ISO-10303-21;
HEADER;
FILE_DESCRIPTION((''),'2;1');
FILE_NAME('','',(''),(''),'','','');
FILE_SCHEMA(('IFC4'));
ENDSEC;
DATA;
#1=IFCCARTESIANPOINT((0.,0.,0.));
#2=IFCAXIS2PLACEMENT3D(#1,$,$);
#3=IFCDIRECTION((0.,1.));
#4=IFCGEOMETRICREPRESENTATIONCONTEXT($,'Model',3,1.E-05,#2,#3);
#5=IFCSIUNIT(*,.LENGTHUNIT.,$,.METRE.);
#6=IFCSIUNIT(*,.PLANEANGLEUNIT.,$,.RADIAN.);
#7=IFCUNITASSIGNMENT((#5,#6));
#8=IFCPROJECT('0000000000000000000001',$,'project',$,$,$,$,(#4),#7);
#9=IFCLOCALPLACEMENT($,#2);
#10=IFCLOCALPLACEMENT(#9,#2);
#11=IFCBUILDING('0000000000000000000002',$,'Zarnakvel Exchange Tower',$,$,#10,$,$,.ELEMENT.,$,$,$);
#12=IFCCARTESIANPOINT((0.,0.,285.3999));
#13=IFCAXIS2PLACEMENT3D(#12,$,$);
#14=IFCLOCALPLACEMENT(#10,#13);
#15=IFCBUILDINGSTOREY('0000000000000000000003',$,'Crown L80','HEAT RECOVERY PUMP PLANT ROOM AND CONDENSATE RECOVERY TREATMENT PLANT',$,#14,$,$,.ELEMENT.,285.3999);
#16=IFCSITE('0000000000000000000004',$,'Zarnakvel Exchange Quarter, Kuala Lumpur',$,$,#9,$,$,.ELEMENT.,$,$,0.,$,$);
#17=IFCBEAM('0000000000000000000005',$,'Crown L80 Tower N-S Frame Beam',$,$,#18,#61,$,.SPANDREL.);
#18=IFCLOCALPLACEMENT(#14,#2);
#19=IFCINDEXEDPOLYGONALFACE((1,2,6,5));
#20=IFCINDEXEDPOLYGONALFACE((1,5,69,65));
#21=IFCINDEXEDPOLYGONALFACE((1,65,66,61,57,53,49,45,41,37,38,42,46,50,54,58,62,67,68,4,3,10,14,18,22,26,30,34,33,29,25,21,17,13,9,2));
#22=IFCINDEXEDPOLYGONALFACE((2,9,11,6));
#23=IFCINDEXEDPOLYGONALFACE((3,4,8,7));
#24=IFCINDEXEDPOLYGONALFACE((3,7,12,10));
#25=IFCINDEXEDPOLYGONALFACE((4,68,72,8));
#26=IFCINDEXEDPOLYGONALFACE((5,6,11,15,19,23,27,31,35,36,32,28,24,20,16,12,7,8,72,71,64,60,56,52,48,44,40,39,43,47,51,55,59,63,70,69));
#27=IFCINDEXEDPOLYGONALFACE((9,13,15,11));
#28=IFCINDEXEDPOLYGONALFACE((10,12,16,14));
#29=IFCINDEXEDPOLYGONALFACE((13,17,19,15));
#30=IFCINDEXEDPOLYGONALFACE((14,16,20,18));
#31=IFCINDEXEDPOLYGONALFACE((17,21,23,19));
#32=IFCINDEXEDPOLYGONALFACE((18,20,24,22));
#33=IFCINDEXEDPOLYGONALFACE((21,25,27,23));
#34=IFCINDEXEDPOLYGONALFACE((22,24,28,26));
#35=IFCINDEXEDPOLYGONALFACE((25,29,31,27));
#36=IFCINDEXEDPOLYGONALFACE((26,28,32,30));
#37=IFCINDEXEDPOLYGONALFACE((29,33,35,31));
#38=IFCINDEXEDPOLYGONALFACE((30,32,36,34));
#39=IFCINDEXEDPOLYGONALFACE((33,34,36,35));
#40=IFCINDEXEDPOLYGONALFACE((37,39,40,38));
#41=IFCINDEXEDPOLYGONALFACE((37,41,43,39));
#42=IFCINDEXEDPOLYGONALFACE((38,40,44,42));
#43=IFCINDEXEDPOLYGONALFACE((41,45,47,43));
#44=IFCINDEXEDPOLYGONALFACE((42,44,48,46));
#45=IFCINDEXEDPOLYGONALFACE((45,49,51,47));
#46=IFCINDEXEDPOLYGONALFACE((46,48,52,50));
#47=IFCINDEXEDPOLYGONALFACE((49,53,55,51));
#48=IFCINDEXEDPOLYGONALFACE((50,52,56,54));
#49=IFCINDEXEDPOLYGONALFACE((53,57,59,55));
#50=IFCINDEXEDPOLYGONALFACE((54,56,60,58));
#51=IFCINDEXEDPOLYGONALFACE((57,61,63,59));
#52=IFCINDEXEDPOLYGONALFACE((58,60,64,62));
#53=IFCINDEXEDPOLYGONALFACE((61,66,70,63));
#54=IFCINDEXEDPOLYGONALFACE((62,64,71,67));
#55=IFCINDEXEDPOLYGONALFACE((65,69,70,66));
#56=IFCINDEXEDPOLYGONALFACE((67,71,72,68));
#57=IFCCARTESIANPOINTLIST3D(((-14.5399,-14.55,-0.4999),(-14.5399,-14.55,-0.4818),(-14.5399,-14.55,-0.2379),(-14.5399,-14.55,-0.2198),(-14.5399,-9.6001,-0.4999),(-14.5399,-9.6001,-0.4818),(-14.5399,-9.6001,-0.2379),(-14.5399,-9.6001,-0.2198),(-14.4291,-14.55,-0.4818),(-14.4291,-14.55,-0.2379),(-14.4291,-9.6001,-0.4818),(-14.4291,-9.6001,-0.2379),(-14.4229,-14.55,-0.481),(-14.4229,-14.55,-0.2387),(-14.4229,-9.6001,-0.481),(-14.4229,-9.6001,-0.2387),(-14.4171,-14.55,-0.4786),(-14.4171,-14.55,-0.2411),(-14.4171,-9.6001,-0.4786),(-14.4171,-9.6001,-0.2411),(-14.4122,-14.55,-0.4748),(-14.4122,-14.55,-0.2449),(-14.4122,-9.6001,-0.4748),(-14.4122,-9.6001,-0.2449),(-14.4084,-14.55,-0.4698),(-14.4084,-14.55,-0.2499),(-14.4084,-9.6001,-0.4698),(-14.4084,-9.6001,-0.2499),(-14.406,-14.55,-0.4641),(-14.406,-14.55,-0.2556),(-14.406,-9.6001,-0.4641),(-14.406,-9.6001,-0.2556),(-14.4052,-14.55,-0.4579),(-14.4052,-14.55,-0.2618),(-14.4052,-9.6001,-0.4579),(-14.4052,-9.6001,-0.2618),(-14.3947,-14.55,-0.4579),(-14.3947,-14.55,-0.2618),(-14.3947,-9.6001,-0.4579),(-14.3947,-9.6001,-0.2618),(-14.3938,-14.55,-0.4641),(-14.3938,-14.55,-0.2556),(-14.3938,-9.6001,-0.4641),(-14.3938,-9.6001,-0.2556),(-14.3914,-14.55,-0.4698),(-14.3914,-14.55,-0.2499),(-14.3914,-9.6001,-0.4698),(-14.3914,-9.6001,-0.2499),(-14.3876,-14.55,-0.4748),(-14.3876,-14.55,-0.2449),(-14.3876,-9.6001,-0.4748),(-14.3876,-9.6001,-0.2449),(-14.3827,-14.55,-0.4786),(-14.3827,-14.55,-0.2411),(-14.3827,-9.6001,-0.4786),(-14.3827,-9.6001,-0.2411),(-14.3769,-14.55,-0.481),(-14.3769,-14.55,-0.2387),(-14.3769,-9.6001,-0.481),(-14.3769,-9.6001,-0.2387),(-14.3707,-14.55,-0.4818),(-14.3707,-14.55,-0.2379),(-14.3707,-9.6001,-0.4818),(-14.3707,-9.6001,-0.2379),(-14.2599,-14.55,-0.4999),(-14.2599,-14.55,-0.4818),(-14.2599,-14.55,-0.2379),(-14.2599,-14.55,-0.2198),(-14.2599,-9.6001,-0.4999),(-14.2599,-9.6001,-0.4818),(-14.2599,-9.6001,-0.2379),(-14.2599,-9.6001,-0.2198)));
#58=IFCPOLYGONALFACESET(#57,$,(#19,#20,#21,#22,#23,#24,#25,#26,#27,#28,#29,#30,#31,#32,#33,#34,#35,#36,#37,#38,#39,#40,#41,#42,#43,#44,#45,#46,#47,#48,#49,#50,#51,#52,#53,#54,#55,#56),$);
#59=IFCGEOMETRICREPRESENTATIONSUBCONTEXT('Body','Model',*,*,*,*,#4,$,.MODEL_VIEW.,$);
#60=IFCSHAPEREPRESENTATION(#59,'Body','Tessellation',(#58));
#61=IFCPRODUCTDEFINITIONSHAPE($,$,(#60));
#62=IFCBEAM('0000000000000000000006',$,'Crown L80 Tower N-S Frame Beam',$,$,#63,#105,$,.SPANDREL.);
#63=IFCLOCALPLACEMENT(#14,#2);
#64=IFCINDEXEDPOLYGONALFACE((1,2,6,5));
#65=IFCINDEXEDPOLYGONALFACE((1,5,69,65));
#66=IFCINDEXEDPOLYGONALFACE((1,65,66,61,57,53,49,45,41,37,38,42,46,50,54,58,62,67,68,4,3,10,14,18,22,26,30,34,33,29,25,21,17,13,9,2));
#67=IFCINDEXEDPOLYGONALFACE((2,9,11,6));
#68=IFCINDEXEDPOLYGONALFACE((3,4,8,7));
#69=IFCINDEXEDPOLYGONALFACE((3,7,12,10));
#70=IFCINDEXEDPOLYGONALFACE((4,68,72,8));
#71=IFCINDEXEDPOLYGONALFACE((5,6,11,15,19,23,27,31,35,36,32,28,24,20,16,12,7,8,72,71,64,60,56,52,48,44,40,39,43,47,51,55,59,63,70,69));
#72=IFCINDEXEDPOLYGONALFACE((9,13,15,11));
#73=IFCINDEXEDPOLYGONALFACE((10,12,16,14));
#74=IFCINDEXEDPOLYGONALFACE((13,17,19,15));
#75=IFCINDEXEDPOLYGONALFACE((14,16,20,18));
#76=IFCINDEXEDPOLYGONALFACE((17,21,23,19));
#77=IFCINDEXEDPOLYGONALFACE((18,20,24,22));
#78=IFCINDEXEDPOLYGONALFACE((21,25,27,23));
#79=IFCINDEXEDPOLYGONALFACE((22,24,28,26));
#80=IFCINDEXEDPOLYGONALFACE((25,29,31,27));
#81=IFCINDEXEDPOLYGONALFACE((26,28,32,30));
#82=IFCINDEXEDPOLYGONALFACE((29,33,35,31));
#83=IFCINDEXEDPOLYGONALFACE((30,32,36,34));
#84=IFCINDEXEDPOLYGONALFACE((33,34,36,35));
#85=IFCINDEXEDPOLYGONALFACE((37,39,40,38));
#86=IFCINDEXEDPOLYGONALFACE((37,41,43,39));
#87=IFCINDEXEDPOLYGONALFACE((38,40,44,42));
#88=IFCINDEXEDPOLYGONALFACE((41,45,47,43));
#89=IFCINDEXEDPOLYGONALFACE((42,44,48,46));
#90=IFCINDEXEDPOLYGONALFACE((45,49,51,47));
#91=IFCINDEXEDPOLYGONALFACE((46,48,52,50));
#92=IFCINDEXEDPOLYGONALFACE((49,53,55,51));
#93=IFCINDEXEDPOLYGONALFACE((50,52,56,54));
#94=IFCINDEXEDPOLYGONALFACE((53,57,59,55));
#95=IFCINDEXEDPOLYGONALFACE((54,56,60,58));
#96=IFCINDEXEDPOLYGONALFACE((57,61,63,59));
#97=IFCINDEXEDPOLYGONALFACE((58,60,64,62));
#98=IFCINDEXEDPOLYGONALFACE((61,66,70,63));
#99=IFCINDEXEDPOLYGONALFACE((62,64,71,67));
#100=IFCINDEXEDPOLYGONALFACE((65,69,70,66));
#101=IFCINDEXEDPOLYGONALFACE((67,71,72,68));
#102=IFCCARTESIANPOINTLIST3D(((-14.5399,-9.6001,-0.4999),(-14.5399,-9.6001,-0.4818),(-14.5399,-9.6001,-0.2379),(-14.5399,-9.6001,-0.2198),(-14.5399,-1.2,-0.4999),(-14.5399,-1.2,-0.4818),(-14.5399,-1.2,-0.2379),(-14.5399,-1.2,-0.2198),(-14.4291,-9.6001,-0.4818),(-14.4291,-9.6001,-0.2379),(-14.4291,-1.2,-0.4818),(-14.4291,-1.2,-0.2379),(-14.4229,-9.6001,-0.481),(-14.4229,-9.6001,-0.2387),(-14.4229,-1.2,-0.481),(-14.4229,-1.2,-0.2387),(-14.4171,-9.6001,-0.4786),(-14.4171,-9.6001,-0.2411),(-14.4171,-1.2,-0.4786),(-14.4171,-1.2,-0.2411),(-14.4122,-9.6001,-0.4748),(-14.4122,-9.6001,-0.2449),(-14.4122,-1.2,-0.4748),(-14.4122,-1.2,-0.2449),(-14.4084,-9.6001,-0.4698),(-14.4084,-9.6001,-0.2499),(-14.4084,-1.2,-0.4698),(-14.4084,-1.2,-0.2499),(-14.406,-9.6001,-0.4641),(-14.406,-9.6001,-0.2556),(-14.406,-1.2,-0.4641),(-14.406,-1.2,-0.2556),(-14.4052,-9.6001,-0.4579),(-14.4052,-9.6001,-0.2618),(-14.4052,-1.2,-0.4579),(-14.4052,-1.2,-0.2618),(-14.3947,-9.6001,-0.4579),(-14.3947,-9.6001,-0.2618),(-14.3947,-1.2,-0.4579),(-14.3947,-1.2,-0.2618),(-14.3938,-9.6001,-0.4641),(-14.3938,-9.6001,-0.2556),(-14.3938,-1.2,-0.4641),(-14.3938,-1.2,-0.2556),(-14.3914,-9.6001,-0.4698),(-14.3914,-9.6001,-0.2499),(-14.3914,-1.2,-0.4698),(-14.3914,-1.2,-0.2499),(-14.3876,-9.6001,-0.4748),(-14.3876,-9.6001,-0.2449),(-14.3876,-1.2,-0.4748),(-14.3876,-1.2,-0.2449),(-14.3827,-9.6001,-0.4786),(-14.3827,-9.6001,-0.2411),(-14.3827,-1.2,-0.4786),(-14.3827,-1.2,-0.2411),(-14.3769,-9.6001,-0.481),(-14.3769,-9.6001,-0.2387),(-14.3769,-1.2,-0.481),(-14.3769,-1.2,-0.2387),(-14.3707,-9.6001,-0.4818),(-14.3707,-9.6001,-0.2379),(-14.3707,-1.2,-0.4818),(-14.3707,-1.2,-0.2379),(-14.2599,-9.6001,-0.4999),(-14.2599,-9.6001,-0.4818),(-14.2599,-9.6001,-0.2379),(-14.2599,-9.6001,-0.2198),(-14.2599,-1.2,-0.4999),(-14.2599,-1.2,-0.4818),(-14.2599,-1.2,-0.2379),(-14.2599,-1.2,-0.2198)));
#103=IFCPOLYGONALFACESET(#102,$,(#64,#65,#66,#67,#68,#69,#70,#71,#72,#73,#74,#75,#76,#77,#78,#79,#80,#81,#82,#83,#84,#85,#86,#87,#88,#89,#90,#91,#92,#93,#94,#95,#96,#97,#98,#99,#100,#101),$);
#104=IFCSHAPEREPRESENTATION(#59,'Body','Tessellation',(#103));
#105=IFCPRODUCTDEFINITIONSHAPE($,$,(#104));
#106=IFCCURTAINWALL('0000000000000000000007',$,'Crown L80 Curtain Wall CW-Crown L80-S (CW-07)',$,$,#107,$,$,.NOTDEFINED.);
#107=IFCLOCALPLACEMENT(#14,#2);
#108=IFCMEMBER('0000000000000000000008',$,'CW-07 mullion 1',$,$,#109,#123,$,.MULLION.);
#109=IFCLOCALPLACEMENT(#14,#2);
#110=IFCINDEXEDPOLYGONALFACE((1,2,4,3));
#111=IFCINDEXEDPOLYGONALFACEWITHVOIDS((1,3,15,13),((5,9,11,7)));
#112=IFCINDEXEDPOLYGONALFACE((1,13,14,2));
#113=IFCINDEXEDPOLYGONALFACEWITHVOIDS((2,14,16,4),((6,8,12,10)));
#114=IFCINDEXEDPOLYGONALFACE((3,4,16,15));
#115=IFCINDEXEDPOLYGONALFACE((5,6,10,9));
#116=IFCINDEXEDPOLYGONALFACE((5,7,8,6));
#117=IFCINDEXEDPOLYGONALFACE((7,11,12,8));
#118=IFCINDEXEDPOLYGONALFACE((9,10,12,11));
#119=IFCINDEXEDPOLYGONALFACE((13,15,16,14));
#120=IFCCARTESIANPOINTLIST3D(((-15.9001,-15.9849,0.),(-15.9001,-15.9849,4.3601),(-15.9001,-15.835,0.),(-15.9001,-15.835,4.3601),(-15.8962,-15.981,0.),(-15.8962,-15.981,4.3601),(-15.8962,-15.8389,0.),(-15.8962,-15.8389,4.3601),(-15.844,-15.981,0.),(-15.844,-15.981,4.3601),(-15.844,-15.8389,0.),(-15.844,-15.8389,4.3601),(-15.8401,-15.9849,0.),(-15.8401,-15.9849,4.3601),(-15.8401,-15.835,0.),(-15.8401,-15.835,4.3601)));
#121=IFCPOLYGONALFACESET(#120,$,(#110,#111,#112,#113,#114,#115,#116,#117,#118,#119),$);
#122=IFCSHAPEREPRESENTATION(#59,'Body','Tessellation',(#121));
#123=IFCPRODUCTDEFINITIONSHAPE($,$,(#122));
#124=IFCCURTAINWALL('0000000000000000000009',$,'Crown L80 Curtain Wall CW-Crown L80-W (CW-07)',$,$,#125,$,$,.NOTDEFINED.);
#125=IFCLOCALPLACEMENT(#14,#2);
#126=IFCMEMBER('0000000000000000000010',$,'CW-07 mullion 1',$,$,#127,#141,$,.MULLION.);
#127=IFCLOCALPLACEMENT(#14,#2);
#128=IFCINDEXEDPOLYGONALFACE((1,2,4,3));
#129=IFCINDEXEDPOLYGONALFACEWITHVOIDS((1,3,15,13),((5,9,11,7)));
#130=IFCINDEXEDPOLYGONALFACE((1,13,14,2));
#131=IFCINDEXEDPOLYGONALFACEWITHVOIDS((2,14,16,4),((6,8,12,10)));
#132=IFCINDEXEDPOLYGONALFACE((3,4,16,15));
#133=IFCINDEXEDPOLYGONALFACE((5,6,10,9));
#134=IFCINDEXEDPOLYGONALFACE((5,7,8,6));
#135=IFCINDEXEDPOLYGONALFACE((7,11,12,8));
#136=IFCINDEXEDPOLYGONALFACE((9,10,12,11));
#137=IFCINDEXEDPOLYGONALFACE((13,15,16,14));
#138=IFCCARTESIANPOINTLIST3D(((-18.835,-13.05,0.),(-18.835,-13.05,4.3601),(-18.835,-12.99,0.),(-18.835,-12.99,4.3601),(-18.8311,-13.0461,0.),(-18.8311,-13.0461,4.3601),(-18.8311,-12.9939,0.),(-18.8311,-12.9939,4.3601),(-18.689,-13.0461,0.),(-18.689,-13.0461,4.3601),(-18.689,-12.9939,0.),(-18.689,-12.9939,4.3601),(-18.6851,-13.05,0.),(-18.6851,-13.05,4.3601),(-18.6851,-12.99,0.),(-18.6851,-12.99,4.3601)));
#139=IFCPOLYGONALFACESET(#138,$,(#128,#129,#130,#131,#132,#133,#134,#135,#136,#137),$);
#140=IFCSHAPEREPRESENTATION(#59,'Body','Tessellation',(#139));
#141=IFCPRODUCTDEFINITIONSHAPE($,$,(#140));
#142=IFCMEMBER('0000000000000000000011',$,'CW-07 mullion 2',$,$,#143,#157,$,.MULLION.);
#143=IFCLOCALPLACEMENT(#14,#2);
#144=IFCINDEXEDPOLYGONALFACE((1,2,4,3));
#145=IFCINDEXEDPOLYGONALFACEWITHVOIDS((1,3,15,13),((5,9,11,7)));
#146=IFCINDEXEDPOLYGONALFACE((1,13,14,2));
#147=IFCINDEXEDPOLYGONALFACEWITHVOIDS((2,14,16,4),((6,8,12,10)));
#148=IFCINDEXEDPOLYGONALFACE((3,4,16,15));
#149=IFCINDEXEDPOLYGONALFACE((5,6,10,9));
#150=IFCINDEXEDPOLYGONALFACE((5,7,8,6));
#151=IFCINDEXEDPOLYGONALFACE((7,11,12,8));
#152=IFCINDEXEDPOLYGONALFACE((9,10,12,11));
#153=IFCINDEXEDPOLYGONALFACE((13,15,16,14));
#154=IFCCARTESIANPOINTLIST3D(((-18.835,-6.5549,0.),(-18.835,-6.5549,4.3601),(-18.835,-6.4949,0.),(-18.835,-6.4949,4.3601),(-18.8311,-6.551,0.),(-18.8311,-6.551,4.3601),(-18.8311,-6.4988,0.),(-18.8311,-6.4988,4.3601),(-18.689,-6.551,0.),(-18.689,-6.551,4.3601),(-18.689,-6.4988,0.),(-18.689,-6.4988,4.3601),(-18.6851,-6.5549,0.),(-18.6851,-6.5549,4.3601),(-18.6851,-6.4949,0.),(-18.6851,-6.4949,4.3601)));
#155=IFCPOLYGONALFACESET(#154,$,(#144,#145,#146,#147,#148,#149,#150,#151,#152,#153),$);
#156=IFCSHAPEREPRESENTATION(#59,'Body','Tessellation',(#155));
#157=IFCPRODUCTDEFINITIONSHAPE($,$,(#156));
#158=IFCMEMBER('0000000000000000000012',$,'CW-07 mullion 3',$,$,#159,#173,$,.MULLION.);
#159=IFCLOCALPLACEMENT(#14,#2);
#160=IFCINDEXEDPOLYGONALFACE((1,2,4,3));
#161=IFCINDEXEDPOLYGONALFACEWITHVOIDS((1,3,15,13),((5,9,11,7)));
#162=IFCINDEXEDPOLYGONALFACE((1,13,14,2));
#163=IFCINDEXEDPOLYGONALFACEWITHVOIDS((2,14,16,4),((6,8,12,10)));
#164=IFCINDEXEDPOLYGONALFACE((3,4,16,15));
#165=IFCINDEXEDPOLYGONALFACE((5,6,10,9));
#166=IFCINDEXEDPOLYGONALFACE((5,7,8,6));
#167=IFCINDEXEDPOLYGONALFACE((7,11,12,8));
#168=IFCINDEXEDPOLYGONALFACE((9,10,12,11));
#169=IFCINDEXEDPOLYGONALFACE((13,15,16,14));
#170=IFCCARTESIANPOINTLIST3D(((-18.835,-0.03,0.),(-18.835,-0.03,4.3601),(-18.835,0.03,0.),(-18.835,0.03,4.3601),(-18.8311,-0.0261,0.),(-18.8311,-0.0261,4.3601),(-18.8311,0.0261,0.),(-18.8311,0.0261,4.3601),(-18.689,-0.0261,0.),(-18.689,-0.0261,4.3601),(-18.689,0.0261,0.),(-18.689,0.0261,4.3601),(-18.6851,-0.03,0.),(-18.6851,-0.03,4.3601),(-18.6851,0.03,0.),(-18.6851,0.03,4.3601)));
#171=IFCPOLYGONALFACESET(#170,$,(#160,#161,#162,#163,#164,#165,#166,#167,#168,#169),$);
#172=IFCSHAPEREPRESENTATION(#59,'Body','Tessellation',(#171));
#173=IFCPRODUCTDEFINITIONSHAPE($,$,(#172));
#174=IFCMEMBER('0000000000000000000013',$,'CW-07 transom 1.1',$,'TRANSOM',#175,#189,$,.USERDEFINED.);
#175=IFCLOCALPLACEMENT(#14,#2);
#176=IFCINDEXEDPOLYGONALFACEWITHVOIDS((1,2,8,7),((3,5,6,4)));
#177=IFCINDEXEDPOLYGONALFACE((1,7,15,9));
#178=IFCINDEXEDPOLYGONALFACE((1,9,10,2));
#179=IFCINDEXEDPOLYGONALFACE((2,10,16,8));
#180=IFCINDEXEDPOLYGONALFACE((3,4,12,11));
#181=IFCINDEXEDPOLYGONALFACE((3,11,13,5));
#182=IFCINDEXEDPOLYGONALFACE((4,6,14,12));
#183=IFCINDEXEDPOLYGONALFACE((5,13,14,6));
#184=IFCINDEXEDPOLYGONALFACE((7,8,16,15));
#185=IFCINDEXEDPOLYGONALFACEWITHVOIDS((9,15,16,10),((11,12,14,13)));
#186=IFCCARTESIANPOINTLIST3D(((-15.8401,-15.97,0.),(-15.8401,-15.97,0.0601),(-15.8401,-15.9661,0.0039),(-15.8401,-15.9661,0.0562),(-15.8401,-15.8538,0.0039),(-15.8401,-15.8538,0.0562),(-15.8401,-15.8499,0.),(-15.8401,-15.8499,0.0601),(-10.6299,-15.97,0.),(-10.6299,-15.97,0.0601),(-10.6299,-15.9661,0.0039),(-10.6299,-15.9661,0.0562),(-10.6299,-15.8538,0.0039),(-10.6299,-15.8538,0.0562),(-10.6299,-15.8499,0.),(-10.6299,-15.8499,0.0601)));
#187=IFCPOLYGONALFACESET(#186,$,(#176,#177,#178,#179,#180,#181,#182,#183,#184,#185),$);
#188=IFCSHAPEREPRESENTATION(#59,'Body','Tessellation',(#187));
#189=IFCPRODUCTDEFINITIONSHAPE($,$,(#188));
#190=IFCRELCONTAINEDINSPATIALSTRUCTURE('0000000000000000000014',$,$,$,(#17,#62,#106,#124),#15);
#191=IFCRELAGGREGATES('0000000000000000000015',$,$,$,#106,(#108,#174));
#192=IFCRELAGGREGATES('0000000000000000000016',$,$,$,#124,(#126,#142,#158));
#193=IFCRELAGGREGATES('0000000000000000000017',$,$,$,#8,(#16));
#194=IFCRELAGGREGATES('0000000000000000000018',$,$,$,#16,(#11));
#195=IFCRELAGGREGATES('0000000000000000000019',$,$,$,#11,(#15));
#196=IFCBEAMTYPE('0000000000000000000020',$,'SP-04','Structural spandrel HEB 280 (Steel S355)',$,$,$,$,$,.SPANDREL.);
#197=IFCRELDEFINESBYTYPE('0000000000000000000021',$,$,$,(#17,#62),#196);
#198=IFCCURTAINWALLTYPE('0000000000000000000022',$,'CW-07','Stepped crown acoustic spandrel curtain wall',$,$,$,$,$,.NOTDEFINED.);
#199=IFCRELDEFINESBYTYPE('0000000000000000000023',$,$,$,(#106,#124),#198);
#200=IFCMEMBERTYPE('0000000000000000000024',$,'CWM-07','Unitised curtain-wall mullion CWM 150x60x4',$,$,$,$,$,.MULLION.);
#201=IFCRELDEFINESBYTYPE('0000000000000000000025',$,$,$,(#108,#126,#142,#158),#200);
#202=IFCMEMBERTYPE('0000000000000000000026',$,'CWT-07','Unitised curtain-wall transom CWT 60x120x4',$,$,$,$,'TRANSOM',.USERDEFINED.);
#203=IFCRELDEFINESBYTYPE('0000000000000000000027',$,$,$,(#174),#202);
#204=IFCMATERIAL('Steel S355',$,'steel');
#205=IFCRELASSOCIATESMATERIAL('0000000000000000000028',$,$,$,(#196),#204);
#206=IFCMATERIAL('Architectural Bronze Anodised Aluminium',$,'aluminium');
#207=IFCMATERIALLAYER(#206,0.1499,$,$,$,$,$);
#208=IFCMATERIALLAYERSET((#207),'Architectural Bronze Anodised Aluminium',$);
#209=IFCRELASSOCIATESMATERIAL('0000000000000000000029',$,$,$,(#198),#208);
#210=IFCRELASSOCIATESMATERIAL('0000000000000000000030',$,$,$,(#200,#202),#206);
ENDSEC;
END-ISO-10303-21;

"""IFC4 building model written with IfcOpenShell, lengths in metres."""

from ifc_helpers import new_model, si_unit, direction, frame, origin, origin_2d, place, context, subcontext, project, spatial, hollow_rectangle, i_section, extrude, source, transform, mapped, material, layer, layer_set, material_profile, profile_set, type_object, element, aggregate, save


model = new_model("IFC4")

# Units and contexts
model_context = context("Model", 3, precision=1e-05, world=origin(), true_north=direction((0.0, 1.0)))
body_context = subcontext(model_context, "Body", "Model", "MODEL_VIEW")
ifc_project = project(units=[si_unit("LENGTHUNIT", "METRE"), si_unit("PLANEANGLEUNIT", "RADIAN")], contexts=[model_context])

# Site, building, storey
site_placement = place(None, origin())
site = spatial("IfcSite", under=ifc_project, at=site_placement, Name="Zarnakvel Exchange Quarter, Kuala Lumpur", CompositionType="ELEMENT", RefElevation=0.0)
building_placement = place(site_placement, origin())
building = spatial("IfcBuilding", under=site, at=building_placement, Name="Zarnakvel Exchange Tower", CompositionType="ELEMENT")
storey_placement = place(building_placement, frame((0.0, 0.0, 285.3999)))
storey = spatial("IfcBuildingStorey", under=building, at=storey_placement, Name="Crown L80", Description="HEAT RECOVERY PUMP PLANT ROOM AND CONDENSATE RECOVERY TREATMENT PLANT", CompositionType="ELEMENT", Elevation=285.3999)

# Shared definitions
ifc_material_1 = material(Name="Steel S355", Category="steel")

# Beams
ifc_material_profile_1 = material_profile(ifc_material_1, i_section(OverallWidth=0.28, OverallDepth=0.28, WebThickness=0.0105, FlangeThickness=0.0181, FilletRadius=0.0239, at=origin_2d()))
ifc_profile_set_1 = profile_set([ifc_material_profile_1], Name="Steel S355")
beam_type_1 = type_object("IfcBeamType", Name="SP-04", Description="Structural spandrel HEB 280 (Steel S355)", PredefinedType="SPANDREL", material=ifc_profile_set_1)
beam_1_placement = place(storey_placement, frame((-14.3999, -14.55, -0.3599), z_axis=(0.0, 1.0, 0.0), x_axis=(-1.0, 0.0, 0.0)))
element("IfcBeam", 1, at=beam_1_placement, inside=storey, type_object=beam_type_1, Name="Crown L80 Tower N-S Frame Beam", PredefinedType="SPANDREL", context=body_context, shape_type="SweptSolid", body=[
    extrude(i_section(OverallWidth=0.28, OverallDepth=0.28, WebThickness=0.0105, FlangeThickness=0.0181, FilletRadius=0.0239, at=origin_2d()), origin(), (0.0, 0.0, 1.0), 4.95),
])
beam_2_placement = place(storey_placement, frame((-14.3999, -9.6001, -0.3599), z_axis=(0.0, 1.0, 0.0), x_axis=(-1.0, 0.0, 0.0)))
element("IfcBeam", 2, at=beam_2_placement, inside=storey, type_object=beam_type_1, Name="Crown L80 Tower N-S Frame Beam", PredefinedType="SPANDREL", context=body_context, shape_type="SweptSolid", body=[
    extrude(i_section(OverallWidth=0.28, OverallDepth=0.28, WebThickness=0.0105, FlangeThickness=0.0181, FilletRadius=0.0239, at=origin_2d()), origin(), (0.0, 0.0, 1.0), 8.4001),
])

# Curtain wall, member
ifc_material_2 = material(Name="Architectural Bronze Anodised Aluminium", Category="aluminium")
ifc_layer_1 = layer(ifc_material_2, 0.1499)
ifc_layer_set_1 = layer_set([ifc_layer_1], Name="Architectural Bronze Anodised Aluminium")
curtain_wall_type = type_object("IfcCurtainWallType", Name="CW-07", Description="Stepped crown acoustic spandrel curtain wall", PredefinedType="NOTDEFINED", material=ifc_layer_set_1)
curtain_wall_1_placement = place(storey_placement, origin())
curtain_wall_1 = element("IfcCurtainWall", 3, at=curtain_wall_1_placement, inside=storey, type_object=curtain_wall_type, Name="Crown L80 Curtain Wall CW-Crown L80-S (CW-07)", PredefinedType="NOTDEFINED")
ifc_material_profile_2 = material_profile(ifc_material_2, hollow_rectangle(XDim=0.1499, YDim=0.0601, WallThickness=0.0039, at=origin_2d()))
ifc_profile_set_2 = profile_set([ifc_material_profile_2], Name="Architectural Bronze Anodised Aluminium")
member_type_1 = type_object("IfcMemberType", Name="CWM-07", Description="Unitised curtain-wall mullion CWM 150x60x4", PredefinedType="MULLION", material=ifc_profile_set_2)
shared_shape_1 = source(origin(), body_context, "Body", "SweptSolid", [
    extrude(hollow_rectangle(XDim=0.1499, YDim=0.0601, WallThickness=0.0039, at=origin_2d()), origin(), (0.0, 0.0, 1.0), 4.3601),
])
member_1_placement = place(storey_placement, frame((-15.8701, -15.9099, 0.0), z_axis=(0.0, 0.0, 1.0), x_axis=(0.0, 1.0, 0.0)))
member_1 = element("IfcMember", 4, at=member_1_placement, type_object=member_type_1, Name="CW-07 mullion 1", PredefinedType="MULLION", context=body_context, shape_type="MappedRepresentation", body=[
    mapped(shared_shape_1, transform((0.0, 0.0, 0.0), x_axis=(1.0, 0.0, 0.0), y_axis=(0.0, 1.0, 0.0), z_axis=(0.0, 0.0, 1.0), scale=1.0)),
])

# Curtain wall, members
curtain_wall_2_placement = place(storey_placement, origin())
curtain_wall_2 = element("IfcCurtainWall", 5, at=curtain_wall_2_placement, inside=storey, type_object=curtain_wall_type, Name="Crown L80 Curtain Wall CW-Crown L80-W (CW-07)", PredefinedType="NOTDEFINED")
member_2_placement = place(storey_placement, frame((-18.76, -13.02, 0.0), z_axis=(0.0, 0.0, 1.0), x_axis=(-1.0, 0.0, 0.0)))
member_2 = element("IfcMember", 6, at=member_2_placement, type_object=member_type_1, Name="CW-07 mullion 1", PredefinedType="MULLION", context=body_context, shape_type="MappedRepresentation", body=[
    mapped(shared_shape_1, transform((0.0, 0.0, 0.0), x_axis=(1.0, 0.0, 0.0), y_axis=(0.0, 1.0, 0.0), z_axis=(0.0, 0.0, 1.0), scale=1.0)),
])
member_3_placement = place(storey_placement, frame((-18.76, -6.5249, 0.0), z_axis=(0.0, 0.0, 1.0), x_axis=(-1.0, 0.0, 0.0)))
member_3 = element("IfcMember", 7, at=member_3_placement, type_object=member_type_1, Name="CW-07 mullion 2", PredefinedType="MULLION", context=body_context, shape_type="MappedRepresentation", body=[
    mapped(shared_shape_1, transform((0.0, 0.0, 0.0), x_axis=(1.0, 0.0, 0.0), y_axis=(0.0, 1.0, 0.0), z_axis=(0.0, 0.0, 1.0), scale=1.0)),
])
member_4_placement = place(storey_placement, frame((-18.76, 0.0, 0.0), z_axis=(0.0, 0.0, 1.0), x_axis=(-1.0, 0.0, 0.0)))
member_4 = element("IfcMember", 8, at=member_4_placement, type_object=member_type_1, Name="CW-07 mullion 3", PredefinedType="MULLION", context=body_context, shape_type="MappedRepresentation", body=[
    mapped(shared_shape_1, transform((0.0, 0.0, 0.0), x_axis=(1.0, 0.0, 0.0), y_axis=(0.0, 1.0, 0.0), z_axis=(0.0, 0.0, 1.0), scale=1.0)),
])

# Member
ifc_material_profile_3 = material_profile(ifc_material_2, hollow_rectangle(XDim=0.1201, YDim=0.0601, WallThickness=0.0039, at=origin_2d()))
ifc_profile_set_3 = profile_set([ifc_material_profile_3], Name="Architectural Bronze Anodised Aluminium")
member_type_2 = type_object("IfcMemberType", Name="CWT-07", Description="Unitised curtain-wall transom CWT 60x120x4", ElementType="TRANSOM", PredefinedType="USERDEFINED", material=ifc_profile_set_3)
shared_shape_2 = source(origin(), body_context, "Body", "SweptSolid", [
    extrude(hollow_rectangle(XDim=0.1201, YDim=0.0601, WallThickness=0.0039, at=origin_2d()), origin(), (0.0, 0.0, 1.0), 5.2102),
])
member_5_placement = place(storey_placement, frame((-15.8401, -15.9099, 0.03), z_axis=(1.0, 0.0, 0.0), x_axis=(0.0, 1.0, 0.0)))
member_5 = element("IfcMember", 9, at=member_5_placement, type_object=member_type_2, Name="CW-07 transom 1.1", ObjectType="TRANSOM", PredefinedType="USERDEFINED", context=body_context, shape_type="MappedRepresentation", body=[
    mapped(shared_shape_2, transform((0.0, 0.0, 0.0), x_axis=(1.0, 0.0, 0.0), y_axis=(0.0, 1.0, 0.0), z_axis=(0.0, 0.0, 1.0), scale=1.0)),
])
aggregate(curtain_wall_1, [member_1, member_5])

aggregate(curtain_wall_2, [member_2, member_3, member_4])

save(model, "model.ifc")
